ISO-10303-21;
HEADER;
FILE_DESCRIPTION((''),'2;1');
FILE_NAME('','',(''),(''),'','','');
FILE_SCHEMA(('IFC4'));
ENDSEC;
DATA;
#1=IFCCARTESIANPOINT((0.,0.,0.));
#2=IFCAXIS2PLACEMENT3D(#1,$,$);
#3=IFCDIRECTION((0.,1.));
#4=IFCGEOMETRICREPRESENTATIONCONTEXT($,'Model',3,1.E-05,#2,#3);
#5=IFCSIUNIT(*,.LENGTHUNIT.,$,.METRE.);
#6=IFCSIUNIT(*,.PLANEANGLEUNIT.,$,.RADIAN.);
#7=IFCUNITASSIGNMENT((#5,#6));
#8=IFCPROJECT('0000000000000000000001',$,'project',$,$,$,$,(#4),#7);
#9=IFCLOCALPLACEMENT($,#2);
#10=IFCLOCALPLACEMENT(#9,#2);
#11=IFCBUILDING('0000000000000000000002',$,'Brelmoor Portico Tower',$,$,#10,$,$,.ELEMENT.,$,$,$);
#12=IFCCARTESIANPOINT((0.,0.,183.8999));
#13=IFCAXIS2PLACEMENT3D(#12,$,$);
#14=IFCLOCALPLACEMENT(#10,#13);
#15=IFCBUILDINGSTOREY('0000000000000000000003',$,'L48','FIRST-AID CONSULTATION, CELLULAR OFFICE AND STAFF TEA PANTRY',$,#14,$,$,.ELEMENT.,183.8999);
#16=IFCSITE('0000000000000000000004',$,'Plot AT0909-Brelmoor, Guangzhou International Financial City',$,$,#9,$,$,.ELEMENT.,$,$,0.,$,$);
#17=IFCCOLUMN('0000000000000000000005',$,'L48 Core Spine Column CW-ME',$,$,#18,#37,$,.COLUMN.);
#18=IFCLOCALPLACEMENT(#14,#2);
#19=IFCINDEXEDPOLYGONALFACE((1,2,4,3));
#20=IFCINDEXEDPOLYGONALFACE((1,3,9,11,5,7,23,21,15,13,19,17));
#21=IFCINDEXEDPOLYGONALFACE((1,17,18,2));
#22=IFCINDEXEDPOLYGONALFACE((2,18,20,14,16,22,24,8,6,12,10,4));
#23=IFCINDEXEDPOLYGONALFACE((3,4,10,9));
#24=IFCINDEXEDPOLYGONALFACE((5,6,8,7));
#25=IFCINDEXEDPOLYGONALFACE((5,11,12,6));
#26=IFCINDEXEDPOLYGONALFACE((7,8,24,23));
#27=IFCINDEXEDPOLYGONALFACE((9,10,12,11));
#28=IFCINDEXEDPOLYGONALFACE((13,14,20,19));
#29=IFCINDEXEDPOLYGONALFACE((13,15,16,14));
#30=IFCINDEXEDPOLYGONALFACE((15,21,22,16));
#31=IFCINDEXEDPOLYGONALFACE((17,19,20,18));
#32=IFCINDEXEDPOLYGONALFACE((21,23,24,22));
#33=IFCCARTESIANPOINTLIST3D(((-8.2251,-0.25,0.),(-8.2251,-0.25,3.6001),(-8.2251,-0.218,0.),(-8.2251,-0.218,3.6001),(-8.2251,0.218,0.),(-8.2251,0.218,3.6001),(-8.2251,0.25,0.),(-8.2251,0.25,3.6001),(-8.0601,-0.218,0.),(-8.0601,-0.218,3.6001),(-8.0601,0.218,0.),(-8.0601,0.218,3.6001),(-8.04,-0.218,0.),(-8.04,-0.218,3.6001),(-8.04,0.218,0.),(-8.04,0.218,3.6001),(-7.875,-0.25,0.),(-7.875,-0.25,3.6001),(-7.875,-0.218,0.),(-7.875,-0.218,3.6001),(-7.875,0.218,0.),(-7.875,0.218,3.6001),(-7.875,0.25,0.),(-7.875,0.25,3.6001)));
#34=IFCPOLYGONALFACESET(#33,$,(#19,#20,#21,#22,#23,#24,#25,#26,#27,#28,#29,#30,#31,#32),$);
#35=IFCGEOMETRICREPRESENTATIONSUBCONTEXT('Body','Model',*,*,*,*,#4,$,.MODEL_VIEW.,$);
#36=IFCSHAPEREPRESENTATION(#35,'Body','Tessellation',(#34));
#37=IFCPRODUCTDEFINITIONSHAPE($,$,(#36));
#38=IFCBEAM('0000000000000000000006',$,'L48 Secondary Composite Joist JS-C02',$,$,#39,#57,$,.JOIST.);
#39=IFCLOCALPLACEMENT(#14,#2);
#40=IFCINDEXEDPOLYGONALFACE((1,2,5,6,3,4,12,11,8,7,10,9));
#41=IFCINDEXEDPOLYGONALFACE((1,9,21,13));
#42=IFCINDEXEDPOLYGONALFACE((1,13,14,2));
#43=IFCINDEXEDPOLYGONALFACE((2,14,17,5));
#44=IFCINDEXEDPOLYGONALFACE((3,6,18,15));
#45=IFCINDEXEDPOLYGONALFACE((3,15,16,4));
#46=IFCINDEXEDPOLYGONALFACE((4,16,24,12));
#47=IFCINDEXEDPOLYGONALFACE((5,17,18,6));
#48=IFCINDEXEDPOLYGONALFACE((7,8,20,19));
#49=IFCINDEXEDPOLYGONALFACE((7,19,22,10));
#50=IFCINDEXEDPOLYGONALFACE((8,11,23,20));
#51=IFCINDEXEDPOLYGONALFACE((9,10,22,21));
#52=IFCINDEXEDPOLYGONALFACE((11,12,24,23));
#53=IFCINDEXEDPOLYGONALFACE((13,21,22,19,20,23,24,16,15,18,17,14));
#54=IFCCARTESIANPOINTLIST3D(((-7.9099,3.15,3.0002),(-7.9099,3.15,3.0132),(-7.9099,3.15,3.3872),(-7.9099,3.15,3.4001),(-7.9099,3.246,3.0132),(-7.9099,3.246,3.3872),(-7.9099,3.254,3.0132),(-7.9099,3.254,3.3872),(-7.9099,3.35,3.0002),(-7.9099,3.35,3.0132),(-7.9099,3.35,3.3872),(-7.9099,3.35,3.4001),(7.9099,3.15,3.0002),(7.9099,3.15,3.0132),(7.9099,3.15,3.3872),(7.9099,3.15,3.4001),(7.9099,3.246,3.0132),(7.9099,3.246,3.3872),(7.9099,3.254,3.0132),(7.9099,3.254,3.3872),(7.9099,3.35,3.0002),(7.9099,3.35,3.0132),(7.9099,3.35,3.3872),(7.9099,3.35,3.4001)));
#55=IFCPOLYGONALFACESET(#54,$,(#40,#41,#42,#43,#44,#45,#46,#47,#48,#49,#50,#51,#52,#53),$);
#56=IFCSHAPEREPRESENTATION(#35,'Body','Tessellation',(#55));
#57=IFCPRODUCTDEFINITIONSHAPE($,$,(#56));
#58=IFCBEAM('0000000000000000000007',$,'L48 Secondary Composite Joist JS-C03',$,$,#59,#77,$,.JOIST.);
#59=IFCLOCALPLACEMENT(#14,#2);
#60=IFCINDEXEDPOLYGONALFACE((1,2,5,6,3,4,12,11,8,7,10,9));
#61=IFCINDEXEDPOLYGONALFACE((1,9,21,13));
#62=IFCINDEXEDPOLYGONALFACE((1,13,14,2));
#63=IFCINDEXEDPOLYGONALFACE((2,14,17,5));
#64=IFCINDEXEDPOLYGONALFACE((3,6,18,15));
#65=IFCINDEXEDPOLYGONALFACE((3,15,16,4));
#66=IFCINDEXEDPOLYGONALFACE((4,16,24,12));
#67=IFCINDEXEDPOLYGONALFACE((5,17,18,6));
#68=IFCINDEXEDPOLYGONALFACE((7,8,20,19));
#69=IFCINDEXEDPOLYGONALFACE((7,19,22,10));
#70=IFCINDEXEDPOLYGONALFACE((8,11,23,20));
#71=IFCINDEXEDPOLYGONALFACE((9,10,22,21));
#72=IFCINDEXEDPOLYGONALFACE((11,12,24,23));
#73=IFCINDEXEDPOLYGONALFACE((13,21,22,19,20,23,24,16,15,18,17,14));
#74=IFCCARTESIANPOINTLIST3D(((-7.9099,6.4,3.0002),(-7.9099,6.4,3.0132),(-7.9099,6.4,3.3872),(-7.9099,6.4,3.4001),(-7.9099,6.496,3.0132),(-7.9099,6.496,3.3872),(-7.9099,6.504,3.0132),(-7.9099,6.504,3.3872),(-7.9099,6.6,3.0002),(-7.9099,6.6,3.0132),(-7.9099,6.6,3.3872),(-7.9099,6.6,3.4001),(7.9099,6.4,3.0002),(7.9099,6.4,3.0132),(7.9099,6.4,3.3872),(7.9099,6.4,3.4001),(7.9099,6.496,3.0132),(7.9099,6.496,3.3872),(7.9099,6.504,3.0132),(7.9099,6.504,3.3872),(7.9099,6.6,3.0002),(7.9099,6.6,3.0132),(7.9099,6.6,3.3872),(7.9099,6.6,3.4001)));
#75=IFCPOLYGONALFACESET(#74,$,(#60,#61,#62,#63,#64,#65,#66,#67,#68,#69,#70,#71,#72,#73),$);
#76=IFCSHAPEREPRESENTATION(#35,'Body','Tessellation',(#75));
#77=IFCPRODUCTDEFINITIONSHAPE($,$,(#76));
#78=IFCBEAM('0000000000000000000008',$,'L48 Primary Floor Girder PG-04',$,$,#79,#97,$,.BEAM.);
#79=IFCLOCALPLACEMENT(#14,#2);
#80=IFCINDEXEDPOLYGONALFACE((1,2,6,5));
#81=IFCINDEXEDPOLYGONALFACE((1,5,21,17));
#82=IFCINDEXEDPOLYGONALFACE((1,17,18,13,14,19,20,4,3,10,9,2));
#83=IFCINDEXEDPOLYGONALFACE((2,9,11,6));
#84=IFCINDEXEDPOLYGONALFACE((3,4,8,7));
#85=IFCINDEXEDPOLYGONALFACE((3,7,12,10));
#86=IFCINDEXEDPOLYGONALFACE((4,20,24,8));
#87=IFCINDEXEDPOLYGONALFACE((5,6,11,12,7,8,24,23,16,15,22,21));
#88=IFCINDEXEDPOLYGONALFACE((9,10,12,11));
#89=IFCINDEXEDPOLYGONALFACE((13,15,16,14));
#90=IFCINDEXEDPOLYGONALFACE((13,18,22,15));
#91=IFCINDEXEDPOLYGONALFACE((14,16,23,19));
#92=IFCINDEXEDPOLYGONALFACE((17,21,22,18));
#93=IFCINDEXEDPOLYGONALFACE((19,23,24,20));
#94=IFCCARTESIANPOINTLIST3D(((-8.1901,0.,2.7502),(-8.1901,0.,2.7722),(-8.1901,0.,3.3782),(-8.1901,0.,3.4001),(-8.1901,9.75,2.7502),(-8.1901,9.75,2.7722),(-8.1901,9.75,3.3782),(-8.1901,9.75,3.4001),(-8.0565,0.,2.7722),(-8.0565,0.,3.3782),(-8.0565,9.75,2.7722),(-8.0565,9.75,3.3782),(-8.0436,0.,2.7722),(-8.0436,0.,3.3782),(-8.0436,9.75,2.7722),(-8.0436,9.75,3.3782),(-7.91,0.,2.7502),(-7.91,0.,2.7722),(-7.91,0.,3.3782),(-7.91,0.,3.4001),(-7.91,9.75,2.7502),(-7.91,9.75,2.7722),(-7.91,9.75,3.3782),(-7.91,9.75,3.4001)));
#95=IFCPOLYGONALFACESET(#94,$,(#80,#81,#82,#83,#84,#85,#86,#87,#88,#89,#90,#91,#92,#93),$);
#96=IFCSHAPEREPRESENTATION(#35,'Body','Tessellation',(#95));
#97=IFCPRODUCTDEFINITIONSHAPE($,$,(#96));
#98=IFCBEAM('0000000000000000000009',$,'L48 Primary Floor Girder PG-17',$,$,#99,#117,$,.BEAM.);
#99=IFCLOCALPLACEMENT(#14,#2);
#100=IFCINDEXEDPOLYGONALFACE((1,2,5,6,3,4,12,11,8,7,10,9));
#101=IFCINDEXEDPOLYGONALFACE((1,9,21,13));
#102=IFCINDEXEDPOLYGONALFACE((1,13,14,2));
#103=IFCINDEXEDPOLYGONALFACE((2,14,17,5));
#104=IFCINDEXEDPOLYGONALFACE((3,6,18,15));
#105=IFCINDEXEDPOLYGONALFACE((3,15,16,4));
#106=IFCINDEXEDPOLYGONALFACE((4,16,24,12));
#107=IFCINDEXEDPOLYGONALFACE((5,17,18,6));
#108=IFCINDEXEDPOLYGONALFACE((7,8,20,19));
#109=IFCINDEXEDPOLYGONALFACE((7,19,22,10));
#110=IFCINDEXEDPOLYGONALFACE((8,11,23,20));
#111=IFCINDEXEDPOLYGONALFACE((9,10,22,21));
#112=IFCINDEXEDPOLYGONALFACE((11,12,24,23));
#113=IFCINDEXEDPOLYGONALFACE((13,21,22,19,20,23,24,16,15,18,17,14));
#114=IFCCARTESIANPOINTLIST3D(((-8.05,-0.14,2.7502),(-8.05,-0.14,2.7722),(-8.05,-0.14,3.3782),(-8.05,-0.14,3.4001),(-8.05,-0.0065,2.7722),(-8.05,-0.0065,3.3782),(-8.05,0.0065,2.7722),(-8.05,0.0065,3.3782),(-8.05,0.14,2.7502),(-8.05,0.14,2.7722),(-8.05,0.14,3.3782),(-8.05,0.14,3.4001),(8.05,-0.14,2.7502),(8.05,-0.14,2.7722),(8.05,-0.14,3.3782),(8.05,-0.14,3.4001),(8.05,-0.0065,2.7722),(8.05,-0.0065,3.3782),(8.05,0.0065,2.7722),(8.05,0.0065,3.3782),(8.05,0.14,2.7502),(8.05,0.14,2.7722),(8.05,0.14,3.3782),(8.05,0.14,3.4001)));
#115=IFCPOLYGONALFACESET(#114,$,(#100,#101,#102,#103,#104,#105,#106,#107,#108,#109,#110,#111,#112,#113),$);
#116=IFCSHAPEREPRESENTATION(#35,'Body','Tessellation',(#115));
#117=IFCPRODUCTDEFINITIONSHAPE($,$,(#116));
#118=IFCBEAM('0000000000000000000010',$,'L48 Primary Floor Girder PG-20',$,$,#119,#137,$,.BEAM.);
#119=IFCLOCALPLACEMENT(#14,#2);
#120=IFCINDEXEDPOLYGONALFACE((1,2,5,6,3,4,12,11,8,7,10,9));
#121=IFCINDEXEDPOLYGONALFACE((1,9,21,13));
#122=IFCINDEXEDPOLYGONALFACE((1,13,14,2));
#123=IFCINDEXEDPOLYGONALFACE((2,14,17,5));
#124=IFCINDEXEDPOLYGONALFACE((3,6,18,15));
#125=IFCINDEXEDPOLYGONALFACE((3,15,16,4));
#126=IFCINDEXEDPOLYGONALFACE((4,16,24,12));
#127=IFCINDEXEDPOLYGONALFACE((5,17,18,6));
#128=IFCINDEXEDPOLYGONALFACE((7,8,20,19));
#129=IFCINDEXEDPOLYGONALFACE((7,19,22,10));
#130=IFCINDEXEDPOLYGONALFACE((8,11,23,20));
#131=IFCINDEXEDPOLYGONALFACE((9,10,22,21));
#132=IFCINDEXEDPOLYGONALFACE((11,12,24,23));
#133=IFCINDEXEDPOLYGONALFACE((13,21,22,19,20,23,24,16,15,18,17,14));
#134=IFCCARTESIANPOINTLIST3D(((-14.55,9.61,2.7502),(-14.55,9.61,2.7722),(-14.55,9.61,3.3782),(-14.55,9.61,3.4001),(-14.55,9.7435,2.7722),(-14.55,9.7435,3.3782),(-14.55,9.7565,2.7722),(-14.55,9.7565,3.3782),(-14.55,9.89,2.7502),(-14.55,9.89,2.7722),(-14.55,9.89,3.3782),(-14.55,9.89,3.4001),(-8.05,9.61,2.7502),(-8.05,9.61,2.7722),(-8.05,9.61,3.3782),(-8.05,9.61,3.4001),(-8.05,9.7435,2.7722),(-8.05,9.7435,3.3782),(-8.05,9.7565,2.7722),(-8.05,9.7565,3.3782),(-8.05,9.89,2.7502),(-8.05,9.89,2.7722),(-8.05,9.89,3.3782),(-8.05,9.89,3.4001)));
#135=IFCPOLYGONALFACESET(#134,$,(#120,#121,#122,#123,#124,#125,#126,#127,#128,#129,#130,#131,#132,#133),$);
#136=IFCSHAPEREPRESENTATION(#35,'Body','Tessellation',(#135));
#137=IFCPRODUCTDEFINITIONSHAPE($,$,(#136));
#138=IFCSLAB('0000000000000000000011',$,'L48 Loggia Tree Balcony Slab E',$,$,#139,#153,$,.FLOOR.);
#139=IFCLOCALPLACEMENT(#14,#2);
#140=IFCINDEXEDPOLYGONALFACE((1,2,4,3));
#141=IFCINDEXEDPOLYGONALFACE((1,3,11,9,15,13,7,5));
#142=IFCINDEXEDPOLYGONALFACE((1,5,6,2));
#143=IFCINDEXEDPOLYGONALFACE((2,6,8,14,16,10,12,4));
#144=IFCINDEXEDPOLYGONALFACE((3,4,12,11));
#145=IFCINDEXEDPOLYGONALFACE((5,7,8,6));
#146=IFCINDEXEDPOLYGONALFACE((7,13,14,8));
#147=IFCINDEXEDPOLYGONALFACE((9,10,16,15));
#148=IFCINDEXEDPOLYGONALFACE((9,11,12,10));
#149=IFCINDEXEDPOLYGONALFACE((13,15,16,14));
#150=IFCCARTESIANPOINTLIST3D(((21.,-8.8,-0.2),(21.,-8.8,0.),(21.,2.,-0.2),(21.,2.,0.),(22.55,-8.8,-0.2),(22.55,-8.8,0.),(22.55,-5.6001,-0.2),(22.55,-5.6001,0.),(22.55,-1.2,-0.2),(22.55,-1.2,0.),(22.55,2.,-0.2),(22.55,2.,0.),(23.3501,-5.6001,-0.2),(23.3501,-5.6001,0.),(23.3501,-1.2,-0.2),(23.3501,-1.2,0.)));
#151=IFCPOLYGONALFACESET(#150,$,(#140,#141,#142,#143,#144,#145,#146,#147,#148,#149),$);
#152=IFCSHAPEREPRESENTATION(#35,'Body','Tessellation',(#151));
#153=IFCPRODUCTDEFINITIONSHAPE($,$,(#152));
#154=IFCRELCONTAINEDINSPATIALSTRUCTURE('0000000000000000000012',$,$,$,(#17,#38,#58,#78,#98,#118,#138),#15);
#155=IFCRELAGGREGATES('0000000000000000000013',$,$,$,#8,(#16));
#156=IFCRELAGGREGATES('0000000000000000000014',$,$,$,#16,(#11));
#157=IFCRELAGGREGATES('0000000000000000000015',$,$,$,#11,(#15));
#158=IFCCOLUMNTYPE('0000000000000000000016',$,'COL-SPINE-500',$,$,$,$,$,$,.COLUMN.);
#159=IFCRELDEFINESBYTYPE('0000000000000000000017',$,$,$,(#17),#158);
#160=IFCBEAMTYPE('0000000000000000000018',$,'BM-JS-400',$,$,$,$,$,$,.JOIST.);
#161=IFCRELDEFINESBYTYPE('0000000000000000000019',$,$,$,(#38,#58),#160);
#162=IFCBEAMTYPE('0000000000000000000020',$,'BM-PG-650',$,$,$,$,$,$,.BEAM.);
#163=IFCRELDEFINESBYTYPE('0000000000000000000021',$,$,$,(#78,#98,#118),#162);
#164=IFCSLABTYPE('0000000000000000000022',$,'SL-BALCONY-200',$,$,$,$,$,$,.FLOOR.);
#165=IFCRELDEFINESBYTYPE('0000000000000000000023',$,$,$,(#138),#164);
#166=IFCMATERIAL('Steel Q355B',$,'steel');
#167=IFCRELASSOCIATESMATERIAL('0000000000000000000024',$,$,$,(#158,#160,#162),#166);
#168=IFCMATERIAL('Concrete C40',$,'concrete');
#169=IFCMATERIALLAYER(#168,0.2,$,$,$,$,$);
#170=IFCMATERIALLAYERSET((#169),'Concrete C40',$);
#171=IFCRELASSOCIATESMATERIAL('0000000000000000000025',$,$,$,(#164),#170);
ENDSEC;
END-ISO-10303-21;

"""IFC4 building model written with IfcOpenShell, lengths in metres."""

from ifc_helpers import new_model, si_unit, direction, frame, origin, origin_2d, place, context, subcontext, project, spatial, polyline, i_section, outline, extrude, material, layer, layer_set, material_profile, profile_set, type_object, element, save


model = new_model("IFC4")

# Units and contexts
model_context = context("Model", 3, precision=1e-05, world=origin(), true_north=direction((0.0, 1.0)))
body_context = subcontext(model_context, "Body", "Model", "MODEL_VIEW")
ifc_project = project(units=[si_unit("LENGTHUNIT", "METRE"), si_unit("PLANEANGLEUNIT", "RADIAN")], contexts=[model_context])

# Site, building, storey
site_placement = place(None, origin())
site = spatial("IfcSite", under=ifc_project, at=site_placement, Name="Plot AT0909-Brelmoor, Guangzhou International Financial City", CompositionType="ELEMENT", RefElevation=0.0)
building_placement = place(site_placement, origin())
building = spatial("IfcBuilding", under=site, at=building_placement, Name="Brelmoor Portico Tower", CompositionType="ELEMENT")
storey_placement = place(building_placement, frame((0.0, 0.0, 183.8999)))
storey = spatial("IfcBuildingStorey", under=building, at=storey_placement, Name="L48", Description="FIRST-AID CONSULTATION, CELLULAR OFFICE AND STAFF TEA PANTRY", CompositionType="ELEMENT", Elevation=183.8999)

# Column
ifc_material_1 = material(Name="Steel Q355B", Category="steel")
ifc_material_profile_1 = material_profile(ifc_material_1, i_section(OverallWidth=0.3501, OverallDepth=0.5, WebThickness=0.02, FlangeThickness=0.032, at=origin_2d()), Name="HW 500x350x20x32")
ifc_profile_set_1 = profile_set([ifc_material_profile_1], Name="Steel Q355B")
column_type = type_object("IfcColumnType", Name="COL-SPINE-500", PredefinedType="COLUMN", material=ifc_profile_set_1)
column_placement = place(storey_placement, frame((-8.05, 0.0, 0.0), z_axis=(0.0, 0.0, 1.0), x_axis=(1.0, 0.0, 0.0)))
element("IfcColumn", 1, at=column_placement, inside=storey, type_object=column_type, Name="L48 Core Spine Column CW-ME", PredefinedType="COLUMN", context=body_context, shape_type="SweptSolid", body=[
    extrude(i_section(OverallWidth=0.3501, OverallDepth=0.5, WebThickness=0.02, FlangeThickness=0.032, at=origin_2d()), origin(), (0.0, 0.0, 1.0), 3.6001),
])

# Beams
ifc_material_profile_2 = material_profile(ifc_material_1, i_section(OverallWidth=0.2, OverallDepth=0.3999, WebThickness=0.0081, FlangeThickness=0.0129, at=origin_2d()), Name="HN 400x200x8x13")
ifc_profile_set_2 = profile_set([ifc_material_profile_2], Name="Steel Q355B")
beam_type_1 = type_object("IfcBeamType", Name="BM-JS-400", PredefinedType="JOIST", material=ifc_profile_set_2)
for number, where, z_axis, x_axis, name in (
    (2, (-7.9099, 3.25, 3.2002), (1.0, 0.0, 0.0), (0.0, 1.0, 0.0), "L48 Secondary Composite Joist JS-C02"),
    (3, (-7.9099, 6.5, 3.2002), (1.0, 0.0, 0.0), (0.0, 1.0, 0.0), "L48 Secondary Composite Joist JS-C03"),
):
    element("IfcBeam", number, at=place(storey_placement, frame(where, z_axis=z_axis, x_axis=x_axis)), inside=storey, type_object=beam_type_1, Name=name, PredefinedType="JOIST", context=body_context, shape_type="SweptSolid", body=[
        extrude(i_section(OverallWidth=0.2, OverallDepth=0.3999, WebThickness=0.0081, FlangeThickness=0.0129, at=origin_2d()), origin(), (0.0, 0.0, 1.0), 15.8198),
    ])
ifc_material_profile_3 = material_profile(ifc_material_1, i_section(OverallWidth=0.28, OverallDepth=0.6499, WebThickness=0.0129, FlangeThickness=0.022, at=origin_2d()), Name="HN 650x280x13x22")
ifc_profile_set_3 = profile_set([ifc_material_profile_3], Name="Steel Q355B")
beam_type_2 = type_object("IfcBeamType", Name="BM-PG-650", PredefinedType="BEAM", material=ifc_profile_set_3)
beam_1_placement = place(storey_placement, frame((-8.05, 0.0, 3.0752), z_axis=(0.0, 1.0, 0.0), x_axis=(-1.0, 0.0, 0.0)))
element("IfcBeam", 4, at=beam_1_placement, inside=storey, type_object=beam_type_2, Name="L48 Primary Floor Girder PG-04", PredefinedType="BEAM", context=body_context, shape_type="SweptSolid", body=[
    extrude(i_section(OverallWidth=0.28, OverallDepth=0.6499, WebThickness=0.0129, FlangeThickness=0.022, at=origin_2d()), origin(), (0.0, 0.0, 1.0), 9.75),
])
beam_2_placement = place(storey_placement, frame((-8.05, 0.0, 3.0752), z_axis=(1.0, 0.0, 0.0), x_axis=(0.0, 1.0, 0.0)))
element("IfcBeam", 5, at=beam_2_placement, inside=storey, type_object=beam_type_2, Name="L48 Primary Floor Girder PG-17", PredefinedType="BEAM", context=body_context, shape_type="SweptSolid", body=[
    extrude(i_section(OverallWidth=0.28, OverallDepth=0.6499, WebThickness=0.0129, FlangeThickness=0.022, at=origin_2d()), origin(), (0.0, 0.0, 1.0), 16.1001),
])
beam_3_placement = place(storey_placement, frame((-14.55, 9.75, 3.0752), z_axis=(1.0, 0.0, 0.0), x_axis=(0.0, 1.0, 0.0)))
element("IfcBeam", 6, at=beam_3_placement, inside=storey, type_object=beam_type_2, Name="L48 Primary Floor Girder PG-20", PredefinedType="BEAM", context=body_context, shape_type="SweptSolid", body=[
    extrude(i_section(OverallWidth=0.28, OverallDepth=0.6499, WebThickness=0.0129, FlangeThickness=0.022, at=origin_2d()), origin(), (0.0, 0.0, 1.0), 6.5),
])

# Slab
ifc_material_2 = material(Name="Concrete C40", Category="concrete")
ifc_layer_1 = layer(ifc_material_2, 0.2)
ifc_layer_set_1 = layer_set([ifc_layer_1], Name="Concrete C40")
slab_type_1 = type_object("IfcSlabType", Name="SL-BALCONY-200", PredefinedType="FLOOR", material=ifc_layer_set_1)
slab_1_placement = place(storey_placement, frame((0.0, 0.0, -0.2)))
element("IfcSlab", 7, at=slab_1_placement, inside=storey, type_object=slab_type_1, Name="L48 Loggia Tree Balcony Slab E", PredefinedType="FLOOR", context=body_context, shape_type="SweptSolid", body=[
    extrude(outline(polyline([(21.0, -8.8), (22.55, -8.8), (22.55, -5.6001), (23.3501, -5.6001), (23.3501, -1.2), (22.55, -1.2), (22.55, 2.0), (21.0, 2.0), (21.0, -8.8)])), origin(), (0.0, 0.0, 1.0), 0.2),
])

save(model, "model.ifc")
